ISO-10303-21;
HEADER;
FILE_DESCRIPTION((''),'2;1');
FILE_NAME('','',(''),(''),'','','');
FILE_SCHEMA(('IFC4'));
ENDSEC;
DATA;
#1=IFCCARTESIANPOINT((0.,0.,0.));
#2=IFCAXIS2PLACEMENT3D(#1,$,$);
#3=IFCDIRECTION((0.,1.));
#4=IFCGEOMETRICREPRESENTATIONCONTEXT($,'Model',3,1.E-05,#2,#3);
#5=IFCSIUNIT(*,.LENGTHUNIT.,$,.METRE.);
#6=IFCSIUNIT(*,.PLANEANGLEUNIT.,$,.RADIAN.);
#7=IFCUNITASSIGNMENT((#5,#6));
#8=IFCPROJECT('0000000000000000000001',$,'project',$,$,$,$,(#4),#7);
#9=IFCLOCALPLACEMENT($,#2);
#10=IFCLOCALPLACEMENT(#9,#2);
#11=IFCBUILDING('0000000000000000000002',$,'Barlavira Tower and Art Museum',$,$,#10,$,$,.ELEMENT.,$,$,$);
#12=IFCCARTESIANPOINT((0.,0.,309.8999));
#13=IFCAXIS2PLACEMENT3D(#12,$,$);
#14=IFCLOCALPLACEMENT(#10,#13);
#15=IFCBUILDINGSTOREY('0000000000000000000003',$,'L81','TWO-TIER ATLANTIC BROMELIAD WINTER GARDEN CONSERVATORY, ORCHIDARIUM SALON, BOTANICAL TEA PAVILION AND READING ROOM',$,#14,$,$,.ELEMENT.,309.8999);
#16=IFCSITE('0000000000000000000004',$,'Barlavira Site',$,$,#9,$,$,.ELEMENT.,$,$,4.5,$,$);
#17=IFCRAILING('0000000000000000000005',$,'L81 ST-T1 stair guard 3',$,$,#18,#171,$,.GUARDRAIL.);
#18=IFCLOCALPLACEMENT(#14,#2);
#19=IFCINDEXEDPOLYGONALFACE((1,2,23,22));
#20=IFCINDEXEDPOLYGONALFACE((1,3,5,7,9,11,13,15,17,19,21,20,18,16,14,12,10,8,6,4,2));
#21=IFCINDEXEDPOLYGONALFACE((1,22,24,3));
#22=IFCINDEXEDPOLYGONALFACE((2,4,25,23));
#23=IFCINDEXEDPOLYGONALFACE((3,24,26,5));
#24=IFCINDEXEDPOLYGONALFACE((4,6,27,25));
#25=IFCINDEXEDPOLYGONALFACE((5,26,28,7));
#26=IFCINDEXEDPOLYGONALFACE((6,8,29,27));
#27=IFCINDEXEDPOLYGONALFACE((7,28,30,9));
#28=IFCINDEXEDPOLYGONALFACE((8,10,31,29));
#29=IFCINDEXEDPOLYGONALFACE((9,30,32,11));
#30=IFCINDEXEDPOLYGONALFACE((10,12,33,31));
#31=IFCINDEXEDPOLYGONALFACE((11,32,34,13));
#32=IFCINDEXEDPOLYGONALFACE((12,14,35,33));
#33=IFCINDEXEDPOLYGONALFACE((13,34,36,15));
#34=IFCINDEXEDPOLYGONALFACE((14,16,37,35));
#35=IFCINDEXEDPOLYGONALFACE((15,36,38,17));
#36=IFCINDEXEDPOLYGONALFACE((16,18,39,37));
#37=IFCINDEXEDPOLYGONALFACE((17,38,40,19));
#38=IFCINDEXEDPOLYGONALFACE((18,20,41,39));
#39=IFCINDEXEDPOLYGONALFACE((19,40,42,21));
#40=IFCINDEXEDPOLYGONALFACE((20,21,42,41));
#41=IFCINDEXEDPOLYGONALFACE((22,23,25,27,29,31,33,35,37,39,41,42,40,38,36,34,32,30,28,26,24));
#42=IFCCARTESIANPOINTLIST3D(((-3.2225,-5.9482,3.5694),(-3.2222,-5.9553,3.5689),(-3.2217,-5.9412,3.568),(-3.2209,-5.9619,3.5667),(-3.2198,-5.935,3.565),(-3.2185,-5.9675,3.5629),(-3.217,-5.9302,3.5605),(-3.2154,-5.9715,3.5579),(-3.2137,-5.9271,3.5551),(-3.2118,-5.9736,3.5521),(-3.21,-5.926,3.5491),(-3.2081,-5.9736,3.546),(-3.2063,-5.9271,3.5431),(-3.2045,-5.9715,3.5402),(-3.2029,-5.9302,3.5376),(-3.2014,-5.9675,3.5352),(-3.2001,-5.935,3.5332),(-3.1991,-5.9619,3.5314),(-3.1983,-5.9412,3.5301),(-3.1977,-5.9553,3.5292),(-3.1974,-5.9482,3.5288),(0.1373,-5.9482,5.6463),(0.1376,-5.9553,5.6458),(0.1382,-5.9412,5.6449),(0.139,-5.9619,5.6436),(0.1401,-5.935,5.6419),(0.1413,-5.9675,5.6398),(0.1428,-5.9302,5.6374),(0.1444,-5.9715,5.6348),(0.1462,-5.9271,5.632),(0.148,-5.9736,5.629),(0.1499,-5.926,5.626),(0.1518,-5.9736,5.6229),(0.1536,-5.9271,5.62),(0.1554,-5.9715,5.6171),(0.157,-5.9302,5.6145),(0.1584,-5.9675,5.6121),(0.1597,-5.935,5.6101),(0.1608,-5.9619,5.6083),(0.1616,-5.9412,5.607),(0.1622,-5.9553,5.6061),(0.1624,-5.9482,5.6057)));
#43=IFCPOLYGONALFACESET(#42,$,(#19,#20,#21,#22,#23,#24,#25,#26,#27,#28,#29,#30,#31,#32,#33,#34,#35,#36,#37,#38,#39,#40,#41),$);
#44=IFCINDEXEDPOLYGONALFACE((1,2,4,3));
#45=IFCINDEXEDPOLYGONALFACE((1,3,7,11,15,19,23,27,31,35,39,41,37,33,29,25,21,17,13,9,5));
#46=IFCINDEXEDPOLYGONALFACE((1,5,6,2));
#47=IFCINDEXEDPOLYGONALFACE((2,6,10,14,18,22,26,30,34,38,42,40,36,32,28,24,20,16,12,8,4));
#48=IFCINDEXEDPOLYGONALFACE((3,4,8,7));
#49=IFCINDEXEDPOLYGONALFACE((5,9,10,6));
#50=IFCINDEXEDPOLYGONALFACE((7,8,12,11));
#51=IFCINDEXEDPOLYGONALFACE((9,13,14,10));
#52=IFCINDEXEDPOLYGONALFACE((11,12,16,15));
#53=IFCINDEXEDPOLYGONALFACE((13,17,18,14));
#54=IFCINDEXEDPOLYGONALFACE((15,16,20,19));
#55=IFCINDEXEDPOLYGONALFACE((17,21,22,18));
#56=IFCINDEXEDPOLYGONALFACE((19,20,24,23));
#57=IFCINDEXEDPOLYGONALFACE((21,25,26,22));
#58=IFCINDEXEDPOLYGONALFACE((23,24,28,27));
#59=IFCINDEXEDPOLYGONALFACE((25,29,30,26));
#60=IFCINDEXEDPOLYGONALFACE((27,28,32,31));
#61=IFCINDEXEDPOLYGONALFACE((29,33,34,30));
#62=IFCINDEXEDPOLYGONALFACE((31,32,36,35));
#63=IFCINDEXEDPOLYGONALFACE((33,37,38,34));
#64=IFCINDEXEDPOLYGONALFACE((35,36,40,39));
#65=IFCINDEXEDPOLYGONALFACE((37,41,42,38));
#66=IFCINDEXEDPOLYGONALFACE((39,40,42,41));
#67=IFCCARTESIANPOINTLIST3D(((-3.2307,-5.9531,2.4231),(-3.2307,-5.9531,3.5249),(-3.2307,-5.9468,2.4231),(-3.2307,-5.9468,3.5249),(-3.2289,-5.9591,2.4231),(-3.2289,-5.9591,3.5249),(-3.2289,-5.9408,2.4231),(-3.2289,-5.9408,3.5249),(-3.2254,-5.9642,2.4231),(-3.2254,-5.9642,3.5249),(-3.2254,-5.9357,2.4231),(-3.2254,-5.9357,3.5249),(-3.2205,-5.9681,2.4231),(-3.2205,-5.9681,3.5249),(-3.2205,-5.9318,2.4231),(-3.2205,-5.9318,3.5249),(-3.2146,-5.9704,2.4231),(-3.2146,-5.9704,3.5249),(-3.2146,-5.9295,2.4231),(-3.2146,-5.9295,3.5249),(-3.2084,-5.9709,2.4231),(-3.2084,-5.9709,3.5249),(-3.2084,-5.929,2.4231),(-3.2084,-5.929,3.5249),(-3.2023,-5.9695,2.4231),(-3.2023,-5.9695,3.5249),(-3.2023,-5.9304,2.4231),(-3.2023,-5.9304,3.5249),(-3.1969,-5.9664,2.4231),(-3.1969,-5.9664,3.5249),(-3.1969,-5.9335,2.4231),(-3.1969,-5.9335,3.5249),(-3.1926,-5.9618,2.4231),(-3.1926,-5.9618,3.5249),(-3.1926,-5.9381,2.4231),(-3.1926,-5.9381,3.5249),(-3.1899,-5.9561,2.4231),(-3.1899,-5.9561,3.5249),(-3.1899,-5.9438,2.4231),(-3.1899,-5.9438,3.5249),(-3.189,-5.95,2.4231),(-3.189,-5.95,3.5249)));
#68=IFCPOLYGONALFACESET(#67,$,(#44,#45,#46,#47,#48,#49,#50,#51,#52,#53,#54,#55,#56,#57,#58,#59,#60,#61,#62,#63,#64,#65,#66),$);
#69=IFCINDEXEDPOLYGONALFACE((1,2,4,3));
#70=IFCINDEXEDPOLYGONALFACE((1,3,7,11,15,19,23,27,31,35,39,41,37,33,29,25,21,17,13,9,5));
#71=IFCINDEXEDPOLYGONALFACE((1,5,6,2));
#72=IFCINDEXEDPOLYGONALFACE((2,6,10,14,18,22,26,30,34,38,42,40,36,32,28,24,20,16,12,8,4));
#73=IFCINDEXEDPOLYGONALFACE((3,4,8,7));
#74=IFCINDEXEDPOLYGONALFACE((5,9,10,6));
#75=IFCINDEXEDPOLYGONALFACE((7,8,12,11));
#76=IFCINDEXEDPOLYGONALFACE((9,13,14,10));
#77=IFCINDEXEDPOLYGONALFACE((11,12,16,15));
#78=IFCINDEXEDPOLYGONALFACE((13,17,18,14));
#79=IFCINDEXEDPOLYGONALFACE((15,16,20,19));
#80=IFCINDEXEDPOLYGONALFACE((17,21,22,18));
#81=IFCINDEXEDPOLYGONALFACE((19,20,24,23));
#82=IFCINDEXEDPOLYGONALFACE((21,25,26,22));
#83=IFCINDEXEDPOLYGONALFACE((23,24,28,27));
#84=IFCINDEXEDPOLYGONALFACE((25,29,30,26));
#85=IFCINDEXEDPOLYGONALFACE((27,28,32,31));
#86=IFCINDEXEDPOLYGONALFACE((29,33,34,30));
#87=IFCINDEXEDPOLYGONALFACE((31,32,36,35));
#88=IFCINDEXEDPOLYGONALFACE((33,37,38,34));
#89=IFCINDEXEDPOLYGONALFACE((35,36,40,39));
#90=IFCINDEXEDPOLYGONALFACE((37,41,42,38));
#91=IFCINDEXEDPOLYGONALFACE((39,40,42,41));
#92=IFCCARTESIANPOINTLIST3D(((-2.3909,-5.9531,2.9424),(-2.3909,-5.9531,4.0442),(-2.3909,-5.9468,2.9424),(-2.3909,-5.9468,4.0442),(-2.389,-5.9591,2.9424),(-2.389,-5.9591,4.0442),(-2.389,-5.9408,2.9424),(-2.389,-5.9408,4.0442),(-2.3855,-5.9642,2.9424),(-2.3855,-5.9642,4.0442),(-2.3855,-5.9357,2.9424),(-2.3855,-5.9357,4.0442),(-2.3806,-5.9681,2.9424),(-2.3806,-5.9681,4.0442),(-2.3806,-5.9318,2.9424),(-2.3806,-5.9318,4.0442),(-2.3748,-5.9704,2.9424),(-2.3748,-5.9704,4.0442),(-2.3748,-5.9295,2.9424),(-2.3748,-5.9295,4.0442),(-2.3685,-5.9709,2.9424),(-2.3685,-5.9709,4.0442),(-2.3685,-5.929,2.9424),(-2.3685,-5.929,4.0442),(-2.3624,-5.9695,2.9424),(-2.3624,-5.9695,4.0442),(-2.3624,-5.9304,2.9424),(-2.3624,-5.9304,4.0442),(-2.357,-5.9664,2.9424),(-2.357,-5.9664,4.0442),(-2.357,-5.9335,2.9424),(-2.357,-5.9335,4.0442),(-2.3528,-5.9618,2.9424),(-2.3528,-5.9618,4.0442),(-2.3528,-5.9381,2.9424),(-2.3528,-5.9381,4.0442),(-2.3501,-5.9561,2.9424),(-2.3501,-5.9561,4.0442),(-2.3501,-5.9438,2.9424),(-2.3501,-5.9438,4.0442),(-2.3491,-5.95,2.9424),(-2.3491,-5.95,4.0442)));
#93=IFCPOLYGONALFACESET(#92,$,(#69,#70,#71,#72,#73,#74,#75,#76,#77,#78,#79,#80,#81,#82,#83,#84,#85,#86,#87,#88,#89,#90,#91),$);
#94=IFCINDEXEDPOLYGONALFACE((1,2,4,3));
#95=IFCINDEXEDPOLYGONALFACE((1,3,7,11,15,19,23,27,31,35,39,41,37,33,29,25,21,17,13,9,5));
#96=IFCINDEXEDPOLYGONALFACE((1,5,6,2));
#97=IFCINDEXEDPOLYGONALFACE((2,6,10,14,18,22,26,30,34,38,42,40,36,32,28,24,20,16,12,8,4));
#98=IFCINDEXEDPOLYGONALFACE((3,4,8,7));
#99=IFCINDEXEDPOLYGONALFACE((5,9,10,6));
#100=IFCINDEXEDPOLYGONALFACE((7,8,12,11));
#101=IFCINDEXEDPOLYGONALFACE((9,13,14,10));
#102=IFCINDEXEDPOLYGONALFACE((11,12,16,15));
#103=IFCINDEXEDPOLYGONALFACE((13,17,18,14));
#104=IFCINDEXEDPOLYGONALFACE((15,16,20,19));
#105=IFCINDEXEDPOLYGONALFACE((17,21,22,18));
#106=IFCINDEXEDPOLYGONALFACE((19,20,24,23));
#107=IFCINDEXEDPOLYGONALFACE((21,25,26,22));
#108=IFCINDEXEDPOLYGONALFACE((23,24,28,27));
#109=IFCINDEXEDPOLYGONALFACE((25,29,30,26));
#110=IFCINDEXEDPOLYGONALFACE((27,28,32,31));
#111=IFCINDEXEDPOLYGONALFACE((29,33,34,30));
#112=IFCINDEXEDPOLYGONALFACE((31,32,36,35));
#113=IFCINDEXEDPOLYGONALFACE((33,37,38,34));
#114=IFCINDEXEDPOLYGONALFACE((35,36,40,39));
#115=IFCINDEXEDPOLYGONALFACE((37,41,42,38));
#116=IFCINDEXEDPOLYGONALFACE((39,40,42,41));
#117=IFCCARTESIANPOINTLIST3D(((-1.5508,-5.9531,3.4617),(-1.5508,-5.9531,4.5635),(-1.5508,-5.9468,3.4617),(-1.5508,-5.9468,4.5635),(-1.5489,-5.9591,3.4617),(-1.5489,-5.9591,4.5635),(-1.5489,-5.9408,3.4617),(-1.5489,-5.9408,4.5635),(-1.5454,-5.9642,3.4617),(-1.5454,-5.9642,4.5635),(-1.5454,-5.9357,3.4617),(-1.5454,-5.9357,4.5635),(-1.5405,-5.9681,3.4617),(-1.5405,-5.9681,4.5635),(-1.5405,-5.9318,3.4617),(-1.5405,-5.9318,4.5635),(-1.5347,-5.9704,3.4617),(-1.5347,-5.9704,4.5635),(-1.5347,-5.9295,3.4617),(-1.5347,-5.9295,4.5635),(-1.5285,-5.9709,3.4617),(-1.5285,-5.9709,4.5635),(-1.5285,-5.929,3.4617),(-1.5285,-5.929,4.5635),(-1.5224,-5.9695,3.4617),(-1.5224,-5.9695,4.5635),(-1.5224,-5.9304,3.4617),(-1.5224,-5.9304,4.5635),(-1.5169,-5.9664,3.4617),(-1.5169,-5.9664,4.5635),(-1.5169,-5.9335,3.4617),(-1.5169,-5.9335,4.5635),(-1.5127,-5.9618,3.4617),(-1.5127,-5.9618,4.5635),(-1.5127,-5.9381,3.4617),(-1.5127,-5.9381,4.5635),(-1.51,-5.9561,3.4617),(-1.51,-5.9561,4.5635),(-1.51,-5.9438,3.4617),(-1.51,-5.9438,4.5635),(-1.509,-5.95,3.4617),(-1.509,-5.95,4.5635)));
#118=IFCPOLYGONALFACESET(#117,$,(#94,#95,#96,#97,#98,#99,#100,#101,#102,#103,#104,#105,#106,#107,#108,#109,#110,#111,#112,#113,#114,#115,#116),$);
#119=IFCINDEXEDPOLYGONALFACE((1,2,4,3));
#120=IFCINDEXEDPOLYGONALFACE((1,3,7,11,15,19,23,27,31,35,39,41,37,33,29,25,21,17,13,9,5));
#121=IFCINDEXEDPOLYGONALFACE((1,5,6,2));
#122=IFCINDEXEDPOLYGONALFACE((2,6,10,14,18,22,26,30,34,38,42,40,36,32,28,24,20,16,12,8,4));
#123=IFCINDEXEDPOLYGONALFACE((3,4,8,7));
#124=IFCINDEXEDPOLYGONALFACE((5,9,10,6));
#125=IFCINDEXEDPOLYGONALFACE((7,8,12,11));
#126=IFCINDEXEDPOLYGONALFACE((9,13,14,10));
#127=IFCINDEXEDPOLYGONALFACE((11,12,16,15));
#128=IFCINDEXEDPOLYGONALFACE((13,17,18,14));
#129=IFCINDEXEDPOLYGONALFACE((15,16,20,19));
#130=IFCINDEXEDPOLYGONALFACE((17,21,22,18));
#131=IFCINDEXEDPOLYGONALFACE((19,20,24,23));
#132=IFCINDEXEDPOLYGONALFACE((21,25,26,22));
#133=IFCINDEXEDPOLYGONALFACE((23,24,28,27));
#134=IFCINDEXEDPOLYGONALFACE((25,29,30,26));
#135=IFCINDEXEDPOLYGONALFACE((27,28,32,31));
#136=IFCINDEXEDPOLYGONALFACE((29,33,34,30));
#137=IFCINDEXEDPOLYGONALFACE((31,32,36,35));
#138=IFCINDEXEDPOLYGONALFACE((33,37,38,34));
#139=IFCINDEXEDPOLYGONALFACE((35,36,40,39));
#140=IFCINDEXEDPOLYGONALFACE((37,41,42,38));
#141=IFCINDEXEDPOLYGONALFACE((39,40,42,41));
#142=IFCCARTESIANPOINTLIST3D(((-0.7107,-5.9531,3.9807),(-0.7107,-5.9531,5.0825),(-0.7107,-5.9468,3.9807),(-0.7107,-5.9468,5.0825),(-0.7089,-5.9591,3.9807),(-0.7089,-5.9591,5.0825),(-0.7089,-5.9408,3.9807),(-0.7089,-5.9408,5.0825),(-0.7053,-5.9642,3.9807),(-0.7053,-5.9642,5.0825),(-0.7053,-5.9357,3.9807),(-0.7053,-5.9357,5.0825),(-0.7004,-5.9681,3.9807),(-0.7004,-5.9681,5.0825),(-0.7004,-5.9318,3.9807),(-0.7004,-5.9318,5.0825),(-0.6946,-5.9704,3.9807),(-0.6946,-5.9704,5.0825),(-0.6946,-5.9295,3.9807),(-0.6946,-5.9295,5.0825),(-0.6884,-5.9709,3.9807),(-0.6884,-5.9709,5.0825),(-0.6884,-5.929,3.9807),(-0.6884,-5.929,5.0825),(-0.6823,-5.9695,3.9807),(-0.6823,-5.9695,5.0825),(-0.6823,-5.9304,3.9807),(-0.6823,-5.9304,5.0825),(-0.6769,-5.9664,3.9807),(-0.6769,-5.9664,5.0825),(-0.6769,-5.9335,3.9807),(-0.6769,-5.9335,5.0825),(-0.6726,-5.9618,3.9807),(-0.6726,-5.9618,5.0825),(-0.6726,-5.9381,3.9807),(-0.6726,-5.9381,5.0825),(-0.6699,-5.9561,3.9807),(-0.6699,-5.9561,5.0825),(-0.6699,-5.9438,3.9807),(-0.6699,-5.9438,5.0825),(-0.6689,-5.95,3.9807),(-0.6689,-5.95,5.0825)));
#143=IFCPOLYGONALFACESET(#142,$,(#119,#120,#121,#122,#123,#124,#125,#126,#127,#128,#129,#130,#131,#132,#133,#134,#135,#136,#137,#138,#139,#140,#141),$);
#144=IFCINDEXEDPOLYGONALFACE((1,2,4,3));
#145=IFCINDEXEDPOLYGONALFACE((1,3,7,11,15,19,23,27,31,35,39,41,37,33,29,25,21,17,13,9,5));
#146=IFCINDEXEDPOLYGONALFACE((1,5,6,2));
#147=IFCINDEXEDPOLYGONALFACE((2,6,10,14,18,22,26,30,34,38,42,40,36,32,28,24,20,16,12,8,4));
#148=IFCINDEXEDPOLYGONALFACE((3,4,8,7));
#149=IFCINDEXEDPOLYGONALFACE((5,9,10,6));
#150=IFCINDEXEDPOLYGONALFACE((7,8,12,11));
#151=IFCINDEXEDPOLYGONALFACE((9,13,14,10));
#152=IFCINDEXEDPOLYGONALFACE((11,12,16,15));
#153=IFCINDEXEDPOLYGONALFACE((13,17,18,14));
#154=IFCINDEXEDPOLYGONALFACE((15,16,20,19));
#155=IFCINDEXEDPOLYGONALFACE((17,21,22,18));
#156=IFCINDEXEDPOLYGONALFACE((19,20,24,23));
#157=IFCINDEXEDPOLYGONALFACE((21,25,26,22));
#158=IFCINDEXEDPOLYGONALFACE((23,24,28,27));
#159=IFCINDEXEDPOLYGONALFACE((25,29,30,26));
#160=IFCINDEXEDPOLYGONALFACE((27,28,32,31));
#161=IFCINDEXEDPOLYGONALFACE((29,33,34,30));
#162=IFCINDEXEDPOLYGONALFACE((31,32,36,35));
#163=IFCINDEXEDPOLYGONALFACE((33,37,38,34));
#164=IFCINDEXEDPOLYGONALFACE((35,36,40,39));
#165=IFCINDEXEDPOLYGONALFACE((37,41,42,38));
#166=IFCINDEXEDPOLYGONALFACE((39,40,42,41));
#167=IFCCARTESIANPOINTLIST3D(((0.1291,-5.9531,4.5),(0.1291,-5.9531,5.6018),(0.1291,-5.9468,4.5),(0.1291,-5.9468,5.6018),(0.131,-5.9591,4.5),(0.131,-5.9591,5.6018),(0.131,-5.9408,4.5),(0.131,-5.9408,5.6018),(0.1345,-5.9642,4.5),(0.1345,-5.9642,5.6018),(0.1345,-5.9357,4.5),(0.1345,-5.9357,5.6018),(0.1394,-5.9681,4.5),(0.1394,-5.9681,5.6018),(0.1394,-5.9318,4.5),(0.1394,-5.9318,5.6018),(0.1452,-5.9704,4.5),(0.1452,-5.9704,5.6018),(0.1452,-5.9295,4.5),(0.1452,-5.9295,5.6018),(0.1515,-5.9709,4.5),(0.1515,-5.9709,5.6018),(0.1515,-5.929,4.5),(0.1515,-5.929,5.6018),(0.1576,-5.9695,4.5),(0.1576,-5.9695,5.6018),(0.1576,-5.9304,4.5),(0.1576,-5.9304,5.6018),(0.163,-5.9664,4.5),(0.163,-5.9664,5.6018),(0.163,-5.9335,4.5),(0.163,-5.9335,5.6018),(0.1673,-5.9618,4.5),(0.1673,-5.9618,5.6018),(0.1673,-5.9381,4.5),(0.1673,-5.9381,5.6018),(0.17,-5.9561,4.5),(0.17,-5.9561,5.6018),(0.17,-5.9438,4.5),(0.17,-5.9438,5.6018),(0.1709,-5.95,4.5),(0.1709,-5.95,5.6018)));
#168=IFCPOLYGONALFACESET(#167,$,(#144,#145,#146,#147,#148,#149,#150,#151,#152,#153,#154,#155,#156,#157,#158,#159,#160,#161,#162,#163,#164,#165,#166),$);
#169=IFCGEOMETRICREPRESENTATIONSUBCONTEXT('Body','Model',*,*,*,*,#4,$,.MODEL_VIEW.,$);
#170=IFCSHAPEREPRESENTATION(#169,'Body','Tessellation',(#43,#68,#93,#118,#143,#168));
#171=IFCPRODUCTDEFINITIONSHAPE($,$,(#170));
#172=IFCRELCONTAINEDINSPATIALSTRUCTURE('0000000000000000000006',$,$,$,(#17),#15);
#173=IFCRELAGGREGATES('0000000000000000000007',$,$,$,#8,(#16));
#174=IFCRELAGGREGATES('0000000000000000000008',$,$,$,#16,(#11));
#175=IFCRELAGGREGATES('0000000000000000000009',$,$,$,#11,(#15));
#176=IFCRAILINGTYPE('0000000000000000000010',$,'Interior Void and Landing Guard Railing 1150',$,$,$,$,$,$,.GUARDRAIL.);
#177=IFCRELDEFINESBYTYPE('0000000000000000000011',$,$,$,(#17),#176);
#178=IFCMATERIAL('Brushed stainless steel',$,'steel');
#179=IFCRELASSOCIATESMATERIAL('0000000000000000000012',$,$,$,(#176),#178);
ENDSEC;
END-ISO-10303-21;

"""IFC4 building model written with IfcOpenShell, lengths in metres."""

from ifc_helpers import new_model, si_unit, direction, frame, origin, origin_2d, place, context, subcontext, project, spatial, circle, extrude, material, type_object, element, save


model = new_model("IFC4")

# Units and contexts
model_context = context("Model", 3, precision=1e-05, world=origin(), true_north=direction((0.0, 1.0)))
body_context = subcontext(model_context, "Body", "Model", "MODEL_VIEW")
ifc_project = project(units=[si_unit("LENGTHUNIT", "METRE"), si_unit("PLANEANGLEUNIT", "RADIAN")], contexts=[model_context])

# Site, building, storey
site_placement = place(None, origin())
site = spatial("IfcSite", under=ifc_project, at=site_placement, Name="Barlavira Site", CompositionType="ELEMENT", RefElevation=4.5)
building_placement = place(site_placement, origin())
building = spatial("IfcBuilding", under=site, at=building_placement, Name="Barlavira Tower and Art Museum", CompositionType="ELEMENT")
storey_placement = place(building_placement, frame((0.0, 0.0, 309.8999)))
storey = spatial("IfcBuildingStorey", under=building, at=storey_placement, Name="L81", Description="TWO-TIER ATLANTIC BROMELIAD WINTER GARDEN CONSERVATORY, ORCHIDARIUM SALON, BOTANICAL TEA PAVILION AND READING ROOM", CompositionType="ELEMENT", Elevation=309.8999)

# Shared definitions
ifc_material_1 = material(Name="Brushed stainless steel", Category="steel")

# Railing
railing_type_1 = type_object("IfcRailingType", Name="Interior Void and Landing Guard Railing 1150", PredefinedType="GUARDRAIL", material=ifc_material_1)
railing_1_placement = place(storey_placement, frame((-3.21, -5.95, 2.4231)))
element("IfcRailing", 1, at=railing_1_placement, inside=storey, type_object=railing_type_1, Name="L81 ST-T1 stair guard 3", PredefinedType="GUARDRAIL", context=body_context, shape_type="SweptSolid", body=[
    extrude(circle(Radius=0.0239, at=origin_2d()), frame((0.0, 0.0, 1.126), z_axis=(0.850606, 0.0, 0.525803), x_axis=(0.0, 1.0, 0.0)), (0.0, 0.0, 1.0), 3.95),
    extrude(circle(Radius=0.021, at=origin_2d()), origin(), (0.0, 0.0, 1.0), 1.1018),
    extrude(circle(Radius=0.021, at=origin_2d()), frame((0.8398, 0.0, 0.5193)), (0.0, 0.0, 1.0), 1.1018),
    extrude(circle(Radius=0.021, at=origin_2d()), frame((1.6799, 0.0, 1.0386)), (0.0, 0.0, 1.0), 1.1018),
    extrude(circle(Radius=0.021, at=origin_2d()), frame((2.52, 0.0, 1.5576)), (0.0, 0.0, 1.0), 1.1018),
    extrude(circle(Radius=0.021, at=origin_2d()), frame((3.3599, 0.0, 2.0769)), (0.0, 0.0, 1.0), 1.1018),
])

save(model, "model.ifc")
